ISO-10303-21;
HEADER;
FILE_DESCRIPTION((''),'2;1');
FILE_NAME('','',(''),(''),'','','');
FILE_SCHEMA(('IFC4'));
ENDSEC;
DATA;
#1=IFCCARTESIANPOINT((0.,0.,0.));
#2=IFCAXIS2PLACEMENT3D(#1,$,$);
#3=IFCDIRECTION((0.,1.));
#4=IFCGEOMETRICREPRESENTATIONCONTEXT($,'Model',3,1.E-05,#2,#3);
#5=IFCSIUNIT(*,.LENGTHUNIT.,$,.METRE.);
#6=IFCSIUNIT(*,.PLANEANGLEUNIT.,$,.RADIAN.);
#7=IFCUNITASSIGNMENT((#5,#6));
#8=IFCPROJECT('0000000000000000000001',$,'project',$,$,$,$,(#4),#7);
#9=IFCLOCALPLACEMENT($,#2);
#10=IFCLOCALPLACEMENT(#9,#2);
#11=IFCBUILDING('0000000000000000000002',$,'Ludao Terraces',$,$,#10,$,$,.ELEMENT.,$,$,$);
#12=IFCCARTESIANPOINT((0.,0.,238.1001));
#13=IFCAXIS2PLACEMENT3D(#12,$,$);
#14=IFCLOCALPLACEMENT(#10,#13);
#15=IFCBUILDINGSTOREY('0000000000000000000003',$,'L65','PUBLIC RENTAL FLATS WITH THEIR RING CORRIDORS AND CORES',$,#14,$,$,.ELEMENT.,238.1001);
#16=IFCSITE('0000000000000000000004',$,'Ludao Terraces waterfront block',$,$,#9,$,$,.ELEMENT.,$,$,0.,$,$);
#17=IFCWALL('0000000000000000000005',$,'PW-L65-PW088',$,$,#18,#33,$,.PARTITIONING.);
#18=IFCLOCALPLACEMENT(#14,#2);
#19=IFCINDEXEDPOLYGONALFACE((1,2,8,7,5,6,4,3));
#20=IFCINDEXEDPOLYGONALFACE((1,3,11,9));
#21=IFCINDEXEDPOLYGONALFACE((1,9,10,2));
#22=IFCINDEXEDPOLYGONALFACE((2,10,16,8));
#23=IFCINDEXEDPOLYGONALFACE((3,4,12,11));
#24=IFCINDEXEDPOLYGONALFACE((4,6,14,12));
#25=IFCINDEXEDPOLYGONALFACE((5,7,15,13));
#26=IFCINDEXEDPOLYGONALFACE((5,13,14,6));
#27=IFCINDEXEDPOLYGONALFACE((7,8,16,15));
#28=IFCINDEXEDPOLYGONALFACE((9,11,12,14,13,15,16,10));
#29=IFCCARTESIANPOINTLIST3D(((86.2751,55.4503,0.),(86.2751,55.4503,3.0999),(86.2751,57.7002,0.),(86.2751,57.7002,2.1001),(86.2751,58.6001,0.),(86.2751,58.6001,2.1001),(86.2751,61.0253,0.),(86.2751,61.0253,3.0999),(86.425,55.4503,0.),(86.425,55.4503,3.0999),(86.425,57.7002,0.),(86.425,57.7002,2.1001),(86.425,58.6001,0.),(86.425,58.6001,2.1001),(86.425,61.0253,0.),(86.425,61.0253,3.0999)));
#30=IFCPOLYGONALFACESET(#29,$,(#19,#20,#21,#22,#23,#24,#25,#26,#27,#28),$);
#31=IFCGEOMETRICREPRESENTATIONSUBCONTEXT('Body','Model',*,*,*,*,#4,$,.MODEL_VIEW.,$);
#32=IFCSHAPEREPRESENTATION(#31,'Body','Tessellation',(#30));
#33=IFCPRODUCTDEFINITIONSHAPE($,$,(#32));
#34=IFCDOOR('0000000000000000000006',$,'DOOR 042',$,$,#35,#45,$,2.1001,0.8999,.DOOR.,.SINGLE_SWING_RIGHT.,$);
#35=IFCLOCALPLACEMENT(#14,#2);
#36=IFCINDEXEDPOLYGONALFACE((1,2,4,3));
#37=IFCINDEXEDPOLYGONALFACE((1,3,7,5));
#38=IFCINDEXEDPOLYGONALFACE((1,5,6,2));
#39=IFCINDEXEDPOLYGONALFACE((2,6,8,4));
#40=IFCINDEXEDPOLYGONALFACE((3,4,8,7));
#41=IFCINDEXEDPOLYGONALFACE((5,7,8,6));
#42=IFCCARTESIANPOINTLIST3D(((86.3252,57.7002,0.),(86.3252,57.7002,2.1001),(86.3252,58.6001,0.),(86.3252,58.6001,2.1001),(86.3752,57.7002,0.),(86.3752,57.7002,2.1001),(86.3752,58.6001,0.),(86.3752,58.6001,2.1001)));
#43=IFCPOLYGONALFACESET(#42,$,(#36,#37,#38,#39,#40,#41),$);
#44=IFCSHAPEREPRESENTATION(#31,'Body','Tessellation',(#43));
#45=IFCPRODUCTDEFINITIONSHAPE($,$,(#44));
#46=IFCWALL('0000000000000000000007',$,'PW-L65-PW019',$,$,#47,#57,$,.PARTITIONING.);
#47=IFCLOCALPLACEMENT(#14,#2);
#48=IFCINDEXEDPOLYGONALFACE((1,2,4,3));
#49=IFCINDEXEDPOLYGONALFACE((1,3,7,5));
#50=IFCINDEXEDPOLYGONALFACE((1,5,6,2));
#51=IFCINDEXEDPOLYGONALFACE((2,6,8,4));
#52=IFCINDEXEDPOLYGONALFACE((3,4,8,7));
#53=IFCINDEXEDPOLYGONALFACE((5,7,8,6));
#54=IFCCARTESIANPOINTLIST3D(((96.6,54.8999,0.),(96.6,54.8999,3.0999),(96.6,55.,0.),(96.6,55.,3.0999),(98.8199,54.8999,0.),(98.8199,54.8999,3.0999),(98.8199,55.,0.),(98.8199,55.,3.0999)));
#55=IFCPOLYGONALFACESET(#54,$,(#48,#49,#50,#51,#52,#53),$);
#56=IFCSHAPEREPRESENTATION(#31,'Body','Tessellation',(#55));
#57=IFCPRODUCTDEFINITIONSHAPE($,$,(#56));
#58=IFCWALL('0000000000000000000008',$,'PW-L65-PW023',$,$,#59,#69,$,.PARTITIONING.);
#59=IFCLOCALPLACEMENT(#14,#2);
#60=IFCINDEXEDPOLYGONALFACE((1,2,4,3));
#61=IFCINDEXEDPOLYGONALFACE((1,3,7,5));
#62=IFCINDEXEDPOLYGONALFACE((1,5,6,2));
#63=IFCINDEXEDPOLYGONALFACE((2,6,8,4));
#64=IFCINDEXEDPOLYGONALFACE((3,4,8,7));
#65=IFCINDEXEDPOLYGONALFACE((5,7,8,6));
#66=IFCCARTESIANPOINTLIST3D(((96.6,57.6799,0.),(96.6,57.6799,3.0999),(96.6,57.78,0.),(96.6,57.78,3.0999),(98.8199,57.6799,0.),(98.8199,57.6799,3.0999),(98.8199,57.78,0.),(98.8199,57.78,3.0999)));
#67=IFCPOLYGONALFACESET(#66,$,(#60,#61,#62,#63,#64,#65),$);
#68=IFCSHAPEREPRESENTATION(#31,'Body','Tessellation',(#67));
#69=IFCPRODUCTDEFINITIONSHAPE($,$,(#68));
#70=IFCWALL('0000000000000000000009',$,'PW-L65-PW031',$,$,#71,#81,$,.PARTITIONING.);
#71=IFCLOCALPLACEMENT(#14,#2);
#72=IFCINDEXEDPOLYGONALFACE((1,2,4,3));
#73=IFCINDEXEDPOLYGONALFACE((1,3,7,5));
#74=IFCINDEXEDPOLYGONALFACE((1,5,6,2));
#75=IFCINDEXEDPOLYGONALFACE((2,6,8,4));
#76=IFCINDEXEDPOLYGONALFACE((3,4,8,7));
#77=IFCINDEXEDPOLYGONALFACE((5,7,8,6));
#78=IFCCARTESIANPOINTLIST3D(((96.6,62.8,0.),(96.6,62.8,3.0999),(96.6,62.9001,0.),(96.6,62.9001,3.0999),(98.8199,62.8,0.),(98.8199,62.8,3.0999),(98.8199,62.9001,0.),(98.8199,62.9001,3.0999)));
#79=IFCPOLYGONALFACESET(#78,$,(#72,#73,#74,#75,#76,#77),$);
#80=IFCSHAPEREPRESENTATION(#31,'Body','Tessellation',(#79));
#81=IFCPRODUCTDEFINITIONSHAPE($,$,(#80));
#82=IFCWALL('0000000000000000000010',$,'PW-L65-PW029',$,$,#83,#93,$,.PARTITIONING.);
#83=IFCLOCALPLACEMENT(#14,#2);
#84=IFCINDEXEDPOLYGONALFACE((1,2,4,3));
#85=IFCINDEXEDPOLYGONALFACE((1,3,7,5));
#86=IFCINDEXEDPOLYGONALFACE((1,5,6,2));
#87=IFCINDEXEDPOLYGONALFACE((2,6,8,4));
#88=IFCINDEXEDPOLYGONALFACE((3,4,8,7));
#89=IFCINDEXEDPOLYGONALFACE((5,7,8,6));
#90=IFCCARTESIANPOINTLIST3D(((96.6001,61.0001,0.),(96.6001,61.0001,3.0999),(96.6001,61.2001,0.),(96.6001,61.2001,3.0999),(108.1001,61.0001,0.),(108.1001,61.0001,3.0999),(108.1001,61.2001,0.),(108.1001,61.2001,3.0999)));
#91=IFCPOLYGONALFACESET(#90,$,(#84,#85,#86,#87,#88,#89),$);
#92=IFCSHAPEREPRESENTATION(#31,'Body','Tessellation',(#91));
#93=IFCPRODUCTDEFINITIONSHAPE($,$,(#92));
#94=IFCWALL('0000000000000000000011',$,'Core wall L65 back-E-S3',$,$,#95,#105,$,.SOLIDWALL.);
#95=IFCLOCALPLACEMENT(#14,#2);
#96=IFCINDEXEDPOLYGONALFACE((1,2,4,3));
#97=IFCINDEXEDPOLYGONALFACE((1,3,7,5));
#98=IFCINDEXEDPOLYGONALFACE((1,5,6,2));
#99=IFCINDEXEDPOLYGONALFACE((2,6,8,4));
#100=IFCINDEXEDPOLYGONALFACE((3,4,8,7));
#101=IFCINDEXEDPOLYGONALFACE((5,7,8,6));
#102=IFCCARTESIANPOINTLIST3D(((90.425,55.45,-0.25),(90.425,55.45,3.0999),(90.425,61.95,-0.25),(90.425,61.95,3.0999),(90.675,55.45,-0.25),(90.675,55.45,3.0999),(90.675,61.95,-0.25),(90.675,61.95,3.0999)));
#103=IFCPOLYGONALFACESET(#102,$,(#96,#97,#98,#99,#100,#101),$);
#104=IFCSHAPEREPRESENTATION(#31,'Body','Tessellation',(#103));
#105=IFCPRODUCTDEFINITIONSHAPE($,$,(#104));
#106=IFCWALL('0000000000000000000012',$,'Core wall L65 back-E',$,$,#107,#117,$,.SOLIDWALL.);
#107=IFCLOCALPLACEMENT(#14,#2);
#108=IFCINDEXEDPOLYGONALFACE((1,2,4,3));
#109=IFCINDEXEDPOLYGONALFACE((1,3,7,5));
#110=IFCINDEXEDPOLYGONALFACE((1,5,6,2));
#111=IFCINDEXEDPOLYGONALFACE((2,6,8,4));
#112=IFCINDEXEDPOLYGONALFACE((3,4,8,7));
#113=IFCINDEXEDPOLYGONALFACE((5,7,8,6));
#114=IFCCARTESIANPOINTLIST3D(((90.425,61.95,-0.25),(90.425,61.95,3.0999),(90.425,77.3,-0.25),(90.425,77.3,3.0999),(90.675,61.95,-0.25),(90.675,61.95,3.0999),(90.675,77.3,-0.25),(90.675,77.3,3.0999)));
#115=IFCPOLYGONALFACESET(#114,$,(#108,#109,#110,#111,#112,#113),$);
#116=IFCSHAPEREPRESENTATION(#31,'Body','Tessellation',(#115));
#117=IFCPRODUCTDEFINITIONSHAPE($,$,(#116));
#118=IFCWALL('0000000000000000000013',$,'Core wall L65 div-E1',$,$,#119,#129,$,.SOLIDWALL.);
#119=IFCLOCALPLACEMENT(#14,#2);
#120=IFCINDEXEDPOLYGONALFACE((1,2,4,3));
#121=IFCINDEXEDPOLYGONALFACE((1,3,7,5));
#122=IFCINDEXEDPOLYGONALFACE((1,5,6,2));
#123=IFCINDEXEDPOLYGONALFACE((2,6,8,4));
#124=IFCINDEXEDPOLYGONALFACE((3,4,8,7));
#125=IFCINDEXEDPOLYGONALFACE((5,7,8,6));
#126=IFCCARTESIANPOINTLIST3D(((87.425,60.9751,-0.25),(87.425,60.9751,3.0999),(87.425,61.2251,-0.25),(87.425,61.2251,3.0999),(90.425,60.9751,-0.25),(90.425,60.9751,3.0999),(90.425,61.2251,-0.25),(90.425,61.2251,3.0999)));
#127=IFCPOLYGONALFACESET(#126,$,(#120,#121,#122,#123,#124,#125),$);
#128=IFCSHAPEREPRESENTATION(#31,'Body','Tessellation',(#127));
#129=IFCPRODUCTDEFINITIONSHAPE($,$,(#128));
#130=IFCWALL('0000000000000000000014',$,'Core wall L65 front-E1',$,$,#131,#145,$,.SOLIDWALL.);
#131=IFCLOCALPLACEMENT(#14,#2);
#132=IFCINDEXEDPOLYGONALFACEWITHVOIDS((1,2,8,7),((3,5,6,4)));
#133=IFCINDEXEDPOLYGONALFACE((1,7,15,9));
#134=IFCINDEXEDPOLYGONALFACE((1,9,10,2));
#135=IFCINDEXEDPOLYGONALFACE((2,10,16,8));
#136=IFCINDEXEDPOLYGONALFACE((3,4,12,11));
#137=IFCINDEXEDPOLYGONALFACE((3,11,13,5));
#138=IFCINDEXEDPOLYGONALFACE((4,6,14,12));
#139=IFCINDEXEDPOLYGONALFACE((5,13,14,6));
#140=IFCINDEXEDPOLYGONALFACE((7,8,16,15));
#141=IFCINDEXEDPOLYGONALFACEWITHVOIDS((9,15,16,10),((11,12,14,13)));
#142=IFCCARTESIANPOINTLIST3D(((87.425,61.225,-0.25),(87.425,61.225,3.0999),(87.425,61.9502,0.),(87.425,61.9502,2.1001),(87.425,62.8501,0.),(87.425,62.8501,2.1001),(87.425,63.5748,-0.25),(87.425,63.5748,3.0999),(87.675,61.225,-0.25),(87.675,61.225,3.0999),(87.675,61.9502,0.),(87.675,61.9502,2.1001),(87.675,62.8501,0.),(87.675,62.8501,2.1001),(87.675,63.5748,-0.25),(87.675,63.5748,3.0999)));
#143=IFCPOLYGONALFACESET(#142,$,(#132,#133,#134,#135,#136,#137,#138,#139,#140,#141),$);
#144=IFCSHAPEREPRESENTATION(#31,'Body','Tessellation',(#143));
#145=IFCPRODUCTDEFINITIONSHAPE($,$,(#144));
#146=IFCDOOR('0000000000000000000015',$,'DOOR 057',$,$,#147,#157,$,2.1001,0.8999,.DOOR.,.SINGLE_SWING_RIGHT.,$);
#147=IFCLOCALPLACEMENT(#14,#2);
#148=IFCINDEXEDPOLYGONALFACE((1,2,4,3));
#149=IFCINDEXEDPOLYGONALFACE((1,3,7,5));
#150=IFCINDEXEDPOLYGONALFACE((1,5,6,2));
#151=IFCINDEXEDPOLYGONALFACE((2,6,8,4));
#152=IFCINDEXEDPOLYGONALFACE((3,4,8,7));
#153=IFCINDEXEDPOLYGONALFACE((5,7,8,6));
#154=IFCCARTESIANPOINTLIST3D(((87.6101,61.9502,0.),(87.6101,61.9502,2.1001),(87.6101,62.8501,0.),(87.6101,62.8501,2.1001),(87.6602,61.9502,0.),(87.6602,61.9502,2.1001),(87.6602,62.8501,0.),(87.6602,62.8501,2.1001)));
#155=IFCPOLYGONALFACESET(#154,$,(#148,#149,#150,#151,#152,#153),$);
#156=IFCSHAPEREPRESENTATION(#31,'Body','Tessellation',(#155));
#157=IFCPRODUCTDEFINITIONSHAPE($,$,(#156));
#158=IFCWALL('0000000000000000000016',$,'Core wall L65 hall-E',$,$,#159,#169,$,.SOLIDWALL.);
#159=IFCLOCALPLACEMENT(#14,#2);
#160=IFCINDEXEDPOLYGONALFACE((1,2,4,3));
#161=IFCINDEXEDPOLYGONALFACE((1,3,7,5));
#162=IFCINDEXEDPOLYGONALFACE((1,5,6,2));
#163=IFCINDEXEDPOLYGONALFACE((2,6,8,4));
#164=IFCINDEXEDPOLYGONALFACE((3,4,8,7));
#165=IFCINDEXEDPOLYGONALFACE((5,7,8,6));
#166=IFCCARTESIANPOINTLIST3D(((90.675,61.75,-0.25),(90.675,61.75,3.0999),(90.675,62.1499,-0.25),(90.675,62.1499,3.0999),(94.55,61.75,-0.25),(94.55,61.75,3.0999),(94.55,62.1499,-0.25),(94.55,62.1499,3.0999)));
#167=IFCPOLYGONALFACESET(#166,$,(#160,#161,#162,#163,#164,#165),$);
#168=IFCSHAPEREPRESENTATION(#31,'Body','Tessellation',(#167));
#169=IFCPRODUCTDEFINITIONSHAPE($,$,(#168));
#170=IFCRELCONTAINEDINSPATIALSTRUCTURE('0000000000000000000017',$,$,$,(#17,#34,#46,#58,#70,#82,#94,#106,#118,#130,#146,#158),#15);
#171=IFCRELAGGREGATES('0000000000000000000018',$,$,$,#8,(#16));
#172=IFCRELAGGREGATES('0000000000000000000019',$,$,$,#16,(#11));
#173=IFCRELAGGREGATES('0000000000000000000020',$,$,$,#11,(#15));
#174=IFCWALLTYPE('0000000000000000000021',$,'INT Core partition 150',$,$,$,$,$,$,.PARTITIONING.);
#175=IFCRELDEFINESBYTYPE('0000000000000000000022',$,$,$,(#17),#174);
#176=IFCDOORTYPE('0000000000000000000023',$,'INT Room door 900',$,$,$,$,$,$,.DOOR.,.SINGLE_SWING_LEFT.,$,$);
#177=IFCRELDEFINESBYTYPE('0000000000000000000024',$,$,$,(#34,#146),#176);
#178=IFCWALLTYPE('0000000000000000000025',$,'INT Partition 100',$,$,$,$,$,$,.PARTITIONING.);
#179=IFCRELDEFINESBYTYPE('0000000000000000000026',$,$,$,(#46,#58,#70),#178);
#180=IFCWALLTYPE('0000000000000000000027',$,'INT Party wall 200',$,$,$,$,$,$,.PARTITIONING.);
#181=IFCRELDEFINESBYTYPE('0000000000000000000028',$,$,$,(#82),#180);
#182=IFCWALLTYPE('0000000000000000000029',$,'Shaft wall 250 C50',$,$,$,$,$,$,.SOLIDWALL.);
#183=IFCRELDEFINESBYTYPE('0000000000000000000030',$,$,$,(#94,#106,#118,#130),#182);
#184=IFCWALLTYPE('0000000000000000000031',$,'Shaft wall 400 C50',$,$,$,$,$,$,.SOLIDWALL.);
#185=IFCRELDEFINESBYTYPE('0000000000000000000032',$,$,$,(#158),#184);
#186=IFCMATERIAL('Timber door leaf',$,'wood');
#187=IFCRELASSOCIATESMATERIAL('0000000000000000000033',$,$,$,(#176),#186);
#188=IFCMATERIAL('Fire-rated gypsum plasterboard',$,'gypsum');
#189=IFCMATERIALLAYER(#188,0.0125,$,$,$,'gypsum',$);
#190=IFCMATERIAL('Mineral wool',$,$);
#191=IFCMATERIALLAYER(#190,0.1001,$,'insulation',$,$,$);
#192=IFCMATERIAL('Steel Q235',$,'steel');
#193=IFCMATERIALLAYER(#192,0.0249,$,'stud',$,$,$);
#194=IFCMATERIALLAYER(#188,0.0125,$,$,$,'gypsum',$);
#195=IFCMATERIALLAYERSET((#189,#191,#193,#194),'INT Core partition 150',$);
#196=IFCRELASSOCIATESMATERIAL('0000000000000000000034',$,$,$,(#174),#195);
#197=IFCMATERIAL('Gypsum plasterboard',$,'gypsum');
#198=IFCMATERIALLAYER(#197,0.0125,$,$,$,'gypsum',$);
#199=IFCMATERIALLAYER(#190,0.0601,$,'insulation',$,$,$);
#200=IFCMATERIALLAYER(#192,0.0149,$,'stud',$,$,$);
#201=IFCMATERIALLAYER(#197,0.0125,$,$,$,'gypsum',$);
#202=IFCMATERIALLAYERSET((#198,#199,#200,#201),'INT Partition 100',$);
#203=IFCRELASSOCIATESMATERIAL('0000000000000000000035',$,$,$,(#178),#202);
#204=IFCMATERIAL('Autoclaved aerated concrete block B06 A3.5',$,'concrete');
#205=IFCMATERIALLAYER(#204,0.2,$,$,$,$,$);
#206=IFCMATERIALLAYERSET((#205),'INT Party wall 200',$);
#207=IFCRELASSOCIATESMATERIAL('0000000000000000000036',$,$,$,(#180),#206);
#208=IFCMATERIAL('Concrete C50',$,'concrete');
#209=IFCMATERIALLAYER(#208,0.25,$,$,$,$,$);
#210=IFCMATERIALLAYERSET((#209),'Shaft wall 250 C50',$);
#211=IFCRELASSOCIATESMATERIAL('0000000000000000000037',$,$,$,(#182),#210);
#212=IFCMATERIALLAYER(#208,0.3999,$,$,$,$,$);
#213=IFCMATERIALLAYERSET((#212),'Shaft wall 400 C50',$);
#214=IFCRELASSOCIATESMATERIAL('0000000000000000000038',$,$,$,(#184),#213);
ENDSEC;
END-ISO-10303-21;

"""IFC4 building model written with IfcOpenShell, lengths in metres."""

from ifc_helpers import new_model, si_unit, direction, frame, frame_2d, origin, place, context, subcontext, project, spatial, rectangle, extrude, material, layer, layer_set, type_object, element, fill, save


model = new_model("IFC4")

# Units and contexts
model_context = context("Model", 3, precision=1e-05, world=origin(), true_north=direction((0.0, 1.0)))
body_context = subcontext(model_context, "Body", "Model", "MODEL_VIEW")
ifc_project = project(units=[si_unit("LENGTHUNIT", "METRE"), si_unit("PLANEANGLEUNIT", "RADIAN")], contexts=[model_context])

# Site, building, storey
site_placement = place(None, origin())
site = spatial("IfcSite", under=ifc_project, at=site_placement, Name="Ludao Terraces waterfront block", CompositionType="ELEMENT", RefElevation=0.0)
building_placement = place(site_placement, origin())
building = spatial("IfcBuilding", under=site, at=building_placement, Name="Ludao Terraces", CompositionType="ELEMENT")
storey_placement = place(building_placement, frame((0.0, 0.0, 238.1001)))
storey = spatial("IfcBuildingStorey", under=building, at=storey_placement, Name="L65", Description="PUBLIC RENTAL FLATS WITH THEIR RING CORRIDORS AND CORES", CompositionType="ELEMENT", Elevation=238.1001)

# Shared definitions
ifc_material_1 = material(Name="Concrete C50", Category="concrete")
ifc_material_2 = material(Name="Steel Q235", Category="steel")

# Shared definitions
ifc_material_3 = material(Name="Timber door leaf", Category="wood")
door_type_1 = type_object("IfcDoorType", Name="INT Room door 900", OperationType="SINGLE_SWING_LEFT", PredefinedType="DOOR", material=ifc_material_3)

# Wall, opening, door
ifc_material_4 = material(Name="Fire-rated gypsum plasterboard", Category="gypsum")
ifc_layer_1 = layer(ifc_material_4, 0.0125, Category="gypsum")
ifc_material_5 = material(Name="Mineral wool")
ifc_layer_2 = layer(ifc_material_5, 0.1001, Name="insulation")
ifc_layer_3 = layer(ifc_material_2, 0.0249, Name="stud")
ifc_layer_4 = layer(ifc_material_4, 0.0125, Category="gypsum")
ifc_layer_set_1 = layer_set([ifc_layer_1, ifc_layer_2, ifc_layer_3, ifc_layer_4], Name="INT Core partition 150")
wall_type_1 = type_object("IfcWallType", Name="INT Core partition 150", PredefinedType="PARTITIONING", material=ifc_layer_set_1)
wall_1_placement = place(storey_placement, frame((86.3501, 55.4502, 0.0), z_axis=(0.0, 0.0, 1.0), x_axis=(0.0, 1.0, 0.0)))
wall_1 = element("IfcWall", 1, at=wall_1_placement, inside=storey, type_object=wall_type_1, Name="PW-L65-PW088", PredefinedType="PARTITIONING", context=body_context, shape_type="SweptSolid", body=[
    extrude(rectangle(XDim=5.575, YDim=0.1499, at=frame_2d((2.7876, 0.0))), origin(), (0.0, 0.0, 1.0), 3.0999),
])
opening_1_placement = place(wall_1_placement, frame((2.25, 0.0, 0.0)))
opening_1 = element("IfcOpeningElement", 2, at=opening_1_placement, cuts=wall_1, PredefinedType="OPENING", context=body_context, shape_type="SweptSolid", body=[
    extrude(rectangle(XDim=0.8999, YDim=2.1001, at=frame_2d((0.45, 1.05))), frame((0.0, 0.085, 0.0), z_axis=(0.0, -1.0, 0.0), x_axis=(1.0, 0.0, 0.0)), (0.0, 0.0, 1.0), 0.1699),
])
door_1_placement = place(opening_1_placement, origin())
door_1 = element("IfcDoor", 3, at=door_1_placement, inside=storey, type_object=door_type_1, Name="DOOR 042", OperationType="SINGLE_SWING_RIGHT", OverallHeight=2.1001, OverallWidth=0.8999, PredefinedType="DOOR", context=body_context, shape_type="SweptSolid", body=[
    extrude(rectangle(XDim=0.8999, YDim=2.1001, at=frame_2d((0.45, 1.05))), frame((0.0, 0.0249, 0.0), z_axis=(0.0, -1.0, 0.0), x_axis=(1.0, 0.0, 0.0)), (0.0, 0.0, 1.0), 0.05),
])
fill(opening_1, door_1)

# Walls
ifc_material_6 = material(Name="Gypsum plasterboard", Category="gypsum")
ifc_layer_5 = layer(ifc_material_6, 0.0125, Category="gypsum")
ifc_layer_6 = layer(ifc_material_5, 0.0601, Name="insulation")
ifc_layer_7 = layer(ifc_material_2, 0.0149, Name="stud")
ifc_layer_8 = layer(ifc_material_6, 0.0125, Category="gypsum")
ifc_layer_set_2 = layer_set([ifc_layer_5, ifc_layer_6, ifc_layer_7, ifc_layer_8], Name="INT Partition 100")
wall_type_2 = type_object("IfcWallType", Name="INT Partition 100", PredefinedType="PARTITIONING", material=ifc_layer_set_2)
for number, where, z_axis, x_axis, name in (
    (4, (96.6001, 54.95, 0.0), (0.0, 0.0, 1.0), (1.0, 0.0, 0.0), "PW-L65-PW019"),
    (5, (96.6001, 57.73, 0.0), (0.0, 0.0, 1.0), (1.0, 0.0, 0.0), "PW-L65-PW023"),
    (6, (96.6001, 62.8501, 0.0), (0.0, 0.0, 1.0), (1.0, 0.0, 0.0), "PW-L65-PW031"),
):
    element("IfcWall", number, at=place(storey_placement, frame(where, z_axis=z_axis, x_axis=x_axis)), inside=storey, type_object=wall_type_2, Name=name, PredefinedType="PARTITIONING", context=body_context, shape_type="SweptSolid", body=[
        extrude(rectangle(XDim=2.22, YDim=0.1001, at=frame_2d((1.1099, 0.0))), origin(), (0.0, 0.0, 1.0), 3.0999),
    ])
ifc_material_7 = material(Name="Autoclaved aerated concrete block B06 A3.5", Category="concrete")
ifc_layer_9 = layer(ifc_material_7, 0.2)
ifc_layer_set_3 = layer_set([ifc_layer_9], Name="INT Party wall 200")
wall_type_3 = type_object("IfcWallType", Name="INT Party wall 200", PredefinedType="PARTITIONING", material=ifc_layer_set_3)
wall_2_placement = place(storey_placement, frame((96.6001, 61.1001, 0.0), z_axis=(0.0, 0.0, 1.0), x_axis=(1.0, 0.0, 0.0)))
element("IfcWall", 7, at=wall_2_placement, inside=storey, type_object=wall_type_3, Name="PW-L65-PW029", PredefinedType="PARTITIONING", context=body_context, shape_type="SweptSolid", body=[
    extrude(rectangle(XDim=11.5, YDim=0.2, at=frame_2d((5.75, 0.0))), origin(), (0.0, 0.0, 1.0), 3.0999),
])
ifc_layer_10 = layer(ifc_material_1, 0.25)
ifc_layer_set_4 = layer_set([ifc_layer_10], Name="Shaft wall 250 C50")
wall_type_4 = type_object("IfcWallType", Name="Shaft wall 250 C50", PredefinedType="SOLIDWALL", material=ifc_layer_set_4)
wall_3_placement = place(storey_placement, frame((90.55, 55.45, -0.25), z_axis=(0.0, 0.0, 1.0), x_axis=(0.0, 1.0, 0.0)))
element("IfcWall", 8, at=wall_3_placement, inside=storey, type_object=wall_type_4, Name="Core wall L65 back-E-S3", PredefinedType="SOLIDWALL", context=body_context, shape_type="SweptSolid", body=[
    extrude(rectangle(XDim=6.5, YDim=0.25, at=frame_2d((3.25, 0.0))), origin(), (0.0, 0.0, 1.0), 3.3499),
])
wall_4_placement = place(storey_placement, frame((90.55, 61.95, -0.25), z_axis=(0.0, 0.0, 1.0), x_axis=(0.0, 1.0, 0.0)))
element("IfcWall", 9, at=wall_4_placement, inside=storey, type_object=wall_type_4, Name="Core wall L65 back-E", PredefinedType="SOLIDWALL", context=body_context, shape_type="SweptSolid", body=[
    extrude(rectangle(XDim=15.3501, YDim=0.25, at=frame_2d((7.675, 0.0))), origin(), (0.0, 0.0, 1.0), 3.3499),
])
wall_5_placement = place(storey_placement, frame((87.425, 61.1001, -0.25), z_axis=(0.0, 0.0, 1.0), x_axis=(1.0, 0.0, 0.0)))
element("IfcWall", 10, at=wall_5_placement, inside=storey, type_object=wall_type_4, Name="Core wall L65 div-E1", PredefinedType="SOLIDWALL", context=body_context, shape_type="SweptSolid", body=[
    extrude(rectangle(XDim=3.0, YDim=0.25, at=frame_2d((1.5, 0.0))), origin(), (0.0, 0.0, 1.0), 3.3499),
])

# Wall, opening, door
wall_6_placement = place(storey_placement, frame((87.55, 61.2251, -0.25), z_axis=(0.0, 0.0, 1.0), x_axis=(0.0, 1.0, 0.0)))
wall_6 = element("IfcWall", 11, at=wall_6_placement, inside=storey, type_object=wall_type_4, Name="Core wall L65 front-E1", PredefinedType="SOLIDWALL", context=body_context, shape_type="SweptSolid", body=[
    extrude(rectangle(XDim=2.3499, YDim=0.25, at=frame_2d((1.1748, 0.0))), origin(), (0.0, 0.0, 1.0), 3.3499),
])
opening_2_placement = place(wall_6_placement, frame((0.7251, 0.0, 0.25)))
opening_2 = element("IfcOpeningElement", 12, at=opening_2_placement, cuts=wall_6, PredefinedType="OPENING", context=body_context, shape_type="SweptSolid", body=[
    extrude(rectangle(XDim=0.8999, YDim=2.1001, at=frame_2d((0.45, 1.05))), frame((0.0, 0.135, 0.0), z_axis=(0.0, -1.0, 0.0), x_axis=(1.0, 0.0, 0.0)), (0.0, 0.0, 1.0), 0.27),
])
door_2_placement = place(opening_2_placement, origin())
door_2 = element("IfcDoor", 13, at=door_2_placement, inside=storey, type_object=door_type_1, Name="DOOR 057", OperationType="SINGLE_SWING_RIGHT", OverallHeight=2.1001, OverallWidth=0.8999, PredefinedType="DOOR", context=body_context, shape_type="SweptSolid", body=[
    extrude(rectangle(XDim=0.8999, YDim=2.1001, at=frame_2d((0.45, 1.05))), frame((0.0, -0.0601, 0.0), z_axis=(0.0, -1.0, 0.0), x_axis=(1.0, 0.0, 0.0)), (0.0, 0.0, 1.0), 0.05),
])
fill(opening_2, door_2)

# Wall
ifc_layer_11 = layer(ifc_material_1, 0.3999)
ifc_layer_set_5 = layer_set([ifc_layer_11], Name="Shaft wall 400 C50")
wall_type_5 = type_object("IfcWallType", Name="Shaft wall 400 C50", PredefinedType="SOLIDWALL", material=ifc_layer_set_5)
wall_7_placement = place(storey_placement, frame((90.675, 61.95, -0.25), z_axis=(0.0, 0.0, 1.0), x_axis=(1.0, 0.0, 0.0)))
element("IfcWall", 14, at=wall_7_placement, inside=storey, type_object=wall_type_5, Name="Core wall L65 hall-E", PredefinedType="SOLIDWALL", context=body_context, shape_type="SweptSolid", body=[
    extrude(rectangle(XDim=3.875, YDim=0.3999, at=frame_2d((1.9375, 0.0))), origin(), (0.0, 0.0, 1.0), 3.3499),
])

save(model, "model.ifc")
